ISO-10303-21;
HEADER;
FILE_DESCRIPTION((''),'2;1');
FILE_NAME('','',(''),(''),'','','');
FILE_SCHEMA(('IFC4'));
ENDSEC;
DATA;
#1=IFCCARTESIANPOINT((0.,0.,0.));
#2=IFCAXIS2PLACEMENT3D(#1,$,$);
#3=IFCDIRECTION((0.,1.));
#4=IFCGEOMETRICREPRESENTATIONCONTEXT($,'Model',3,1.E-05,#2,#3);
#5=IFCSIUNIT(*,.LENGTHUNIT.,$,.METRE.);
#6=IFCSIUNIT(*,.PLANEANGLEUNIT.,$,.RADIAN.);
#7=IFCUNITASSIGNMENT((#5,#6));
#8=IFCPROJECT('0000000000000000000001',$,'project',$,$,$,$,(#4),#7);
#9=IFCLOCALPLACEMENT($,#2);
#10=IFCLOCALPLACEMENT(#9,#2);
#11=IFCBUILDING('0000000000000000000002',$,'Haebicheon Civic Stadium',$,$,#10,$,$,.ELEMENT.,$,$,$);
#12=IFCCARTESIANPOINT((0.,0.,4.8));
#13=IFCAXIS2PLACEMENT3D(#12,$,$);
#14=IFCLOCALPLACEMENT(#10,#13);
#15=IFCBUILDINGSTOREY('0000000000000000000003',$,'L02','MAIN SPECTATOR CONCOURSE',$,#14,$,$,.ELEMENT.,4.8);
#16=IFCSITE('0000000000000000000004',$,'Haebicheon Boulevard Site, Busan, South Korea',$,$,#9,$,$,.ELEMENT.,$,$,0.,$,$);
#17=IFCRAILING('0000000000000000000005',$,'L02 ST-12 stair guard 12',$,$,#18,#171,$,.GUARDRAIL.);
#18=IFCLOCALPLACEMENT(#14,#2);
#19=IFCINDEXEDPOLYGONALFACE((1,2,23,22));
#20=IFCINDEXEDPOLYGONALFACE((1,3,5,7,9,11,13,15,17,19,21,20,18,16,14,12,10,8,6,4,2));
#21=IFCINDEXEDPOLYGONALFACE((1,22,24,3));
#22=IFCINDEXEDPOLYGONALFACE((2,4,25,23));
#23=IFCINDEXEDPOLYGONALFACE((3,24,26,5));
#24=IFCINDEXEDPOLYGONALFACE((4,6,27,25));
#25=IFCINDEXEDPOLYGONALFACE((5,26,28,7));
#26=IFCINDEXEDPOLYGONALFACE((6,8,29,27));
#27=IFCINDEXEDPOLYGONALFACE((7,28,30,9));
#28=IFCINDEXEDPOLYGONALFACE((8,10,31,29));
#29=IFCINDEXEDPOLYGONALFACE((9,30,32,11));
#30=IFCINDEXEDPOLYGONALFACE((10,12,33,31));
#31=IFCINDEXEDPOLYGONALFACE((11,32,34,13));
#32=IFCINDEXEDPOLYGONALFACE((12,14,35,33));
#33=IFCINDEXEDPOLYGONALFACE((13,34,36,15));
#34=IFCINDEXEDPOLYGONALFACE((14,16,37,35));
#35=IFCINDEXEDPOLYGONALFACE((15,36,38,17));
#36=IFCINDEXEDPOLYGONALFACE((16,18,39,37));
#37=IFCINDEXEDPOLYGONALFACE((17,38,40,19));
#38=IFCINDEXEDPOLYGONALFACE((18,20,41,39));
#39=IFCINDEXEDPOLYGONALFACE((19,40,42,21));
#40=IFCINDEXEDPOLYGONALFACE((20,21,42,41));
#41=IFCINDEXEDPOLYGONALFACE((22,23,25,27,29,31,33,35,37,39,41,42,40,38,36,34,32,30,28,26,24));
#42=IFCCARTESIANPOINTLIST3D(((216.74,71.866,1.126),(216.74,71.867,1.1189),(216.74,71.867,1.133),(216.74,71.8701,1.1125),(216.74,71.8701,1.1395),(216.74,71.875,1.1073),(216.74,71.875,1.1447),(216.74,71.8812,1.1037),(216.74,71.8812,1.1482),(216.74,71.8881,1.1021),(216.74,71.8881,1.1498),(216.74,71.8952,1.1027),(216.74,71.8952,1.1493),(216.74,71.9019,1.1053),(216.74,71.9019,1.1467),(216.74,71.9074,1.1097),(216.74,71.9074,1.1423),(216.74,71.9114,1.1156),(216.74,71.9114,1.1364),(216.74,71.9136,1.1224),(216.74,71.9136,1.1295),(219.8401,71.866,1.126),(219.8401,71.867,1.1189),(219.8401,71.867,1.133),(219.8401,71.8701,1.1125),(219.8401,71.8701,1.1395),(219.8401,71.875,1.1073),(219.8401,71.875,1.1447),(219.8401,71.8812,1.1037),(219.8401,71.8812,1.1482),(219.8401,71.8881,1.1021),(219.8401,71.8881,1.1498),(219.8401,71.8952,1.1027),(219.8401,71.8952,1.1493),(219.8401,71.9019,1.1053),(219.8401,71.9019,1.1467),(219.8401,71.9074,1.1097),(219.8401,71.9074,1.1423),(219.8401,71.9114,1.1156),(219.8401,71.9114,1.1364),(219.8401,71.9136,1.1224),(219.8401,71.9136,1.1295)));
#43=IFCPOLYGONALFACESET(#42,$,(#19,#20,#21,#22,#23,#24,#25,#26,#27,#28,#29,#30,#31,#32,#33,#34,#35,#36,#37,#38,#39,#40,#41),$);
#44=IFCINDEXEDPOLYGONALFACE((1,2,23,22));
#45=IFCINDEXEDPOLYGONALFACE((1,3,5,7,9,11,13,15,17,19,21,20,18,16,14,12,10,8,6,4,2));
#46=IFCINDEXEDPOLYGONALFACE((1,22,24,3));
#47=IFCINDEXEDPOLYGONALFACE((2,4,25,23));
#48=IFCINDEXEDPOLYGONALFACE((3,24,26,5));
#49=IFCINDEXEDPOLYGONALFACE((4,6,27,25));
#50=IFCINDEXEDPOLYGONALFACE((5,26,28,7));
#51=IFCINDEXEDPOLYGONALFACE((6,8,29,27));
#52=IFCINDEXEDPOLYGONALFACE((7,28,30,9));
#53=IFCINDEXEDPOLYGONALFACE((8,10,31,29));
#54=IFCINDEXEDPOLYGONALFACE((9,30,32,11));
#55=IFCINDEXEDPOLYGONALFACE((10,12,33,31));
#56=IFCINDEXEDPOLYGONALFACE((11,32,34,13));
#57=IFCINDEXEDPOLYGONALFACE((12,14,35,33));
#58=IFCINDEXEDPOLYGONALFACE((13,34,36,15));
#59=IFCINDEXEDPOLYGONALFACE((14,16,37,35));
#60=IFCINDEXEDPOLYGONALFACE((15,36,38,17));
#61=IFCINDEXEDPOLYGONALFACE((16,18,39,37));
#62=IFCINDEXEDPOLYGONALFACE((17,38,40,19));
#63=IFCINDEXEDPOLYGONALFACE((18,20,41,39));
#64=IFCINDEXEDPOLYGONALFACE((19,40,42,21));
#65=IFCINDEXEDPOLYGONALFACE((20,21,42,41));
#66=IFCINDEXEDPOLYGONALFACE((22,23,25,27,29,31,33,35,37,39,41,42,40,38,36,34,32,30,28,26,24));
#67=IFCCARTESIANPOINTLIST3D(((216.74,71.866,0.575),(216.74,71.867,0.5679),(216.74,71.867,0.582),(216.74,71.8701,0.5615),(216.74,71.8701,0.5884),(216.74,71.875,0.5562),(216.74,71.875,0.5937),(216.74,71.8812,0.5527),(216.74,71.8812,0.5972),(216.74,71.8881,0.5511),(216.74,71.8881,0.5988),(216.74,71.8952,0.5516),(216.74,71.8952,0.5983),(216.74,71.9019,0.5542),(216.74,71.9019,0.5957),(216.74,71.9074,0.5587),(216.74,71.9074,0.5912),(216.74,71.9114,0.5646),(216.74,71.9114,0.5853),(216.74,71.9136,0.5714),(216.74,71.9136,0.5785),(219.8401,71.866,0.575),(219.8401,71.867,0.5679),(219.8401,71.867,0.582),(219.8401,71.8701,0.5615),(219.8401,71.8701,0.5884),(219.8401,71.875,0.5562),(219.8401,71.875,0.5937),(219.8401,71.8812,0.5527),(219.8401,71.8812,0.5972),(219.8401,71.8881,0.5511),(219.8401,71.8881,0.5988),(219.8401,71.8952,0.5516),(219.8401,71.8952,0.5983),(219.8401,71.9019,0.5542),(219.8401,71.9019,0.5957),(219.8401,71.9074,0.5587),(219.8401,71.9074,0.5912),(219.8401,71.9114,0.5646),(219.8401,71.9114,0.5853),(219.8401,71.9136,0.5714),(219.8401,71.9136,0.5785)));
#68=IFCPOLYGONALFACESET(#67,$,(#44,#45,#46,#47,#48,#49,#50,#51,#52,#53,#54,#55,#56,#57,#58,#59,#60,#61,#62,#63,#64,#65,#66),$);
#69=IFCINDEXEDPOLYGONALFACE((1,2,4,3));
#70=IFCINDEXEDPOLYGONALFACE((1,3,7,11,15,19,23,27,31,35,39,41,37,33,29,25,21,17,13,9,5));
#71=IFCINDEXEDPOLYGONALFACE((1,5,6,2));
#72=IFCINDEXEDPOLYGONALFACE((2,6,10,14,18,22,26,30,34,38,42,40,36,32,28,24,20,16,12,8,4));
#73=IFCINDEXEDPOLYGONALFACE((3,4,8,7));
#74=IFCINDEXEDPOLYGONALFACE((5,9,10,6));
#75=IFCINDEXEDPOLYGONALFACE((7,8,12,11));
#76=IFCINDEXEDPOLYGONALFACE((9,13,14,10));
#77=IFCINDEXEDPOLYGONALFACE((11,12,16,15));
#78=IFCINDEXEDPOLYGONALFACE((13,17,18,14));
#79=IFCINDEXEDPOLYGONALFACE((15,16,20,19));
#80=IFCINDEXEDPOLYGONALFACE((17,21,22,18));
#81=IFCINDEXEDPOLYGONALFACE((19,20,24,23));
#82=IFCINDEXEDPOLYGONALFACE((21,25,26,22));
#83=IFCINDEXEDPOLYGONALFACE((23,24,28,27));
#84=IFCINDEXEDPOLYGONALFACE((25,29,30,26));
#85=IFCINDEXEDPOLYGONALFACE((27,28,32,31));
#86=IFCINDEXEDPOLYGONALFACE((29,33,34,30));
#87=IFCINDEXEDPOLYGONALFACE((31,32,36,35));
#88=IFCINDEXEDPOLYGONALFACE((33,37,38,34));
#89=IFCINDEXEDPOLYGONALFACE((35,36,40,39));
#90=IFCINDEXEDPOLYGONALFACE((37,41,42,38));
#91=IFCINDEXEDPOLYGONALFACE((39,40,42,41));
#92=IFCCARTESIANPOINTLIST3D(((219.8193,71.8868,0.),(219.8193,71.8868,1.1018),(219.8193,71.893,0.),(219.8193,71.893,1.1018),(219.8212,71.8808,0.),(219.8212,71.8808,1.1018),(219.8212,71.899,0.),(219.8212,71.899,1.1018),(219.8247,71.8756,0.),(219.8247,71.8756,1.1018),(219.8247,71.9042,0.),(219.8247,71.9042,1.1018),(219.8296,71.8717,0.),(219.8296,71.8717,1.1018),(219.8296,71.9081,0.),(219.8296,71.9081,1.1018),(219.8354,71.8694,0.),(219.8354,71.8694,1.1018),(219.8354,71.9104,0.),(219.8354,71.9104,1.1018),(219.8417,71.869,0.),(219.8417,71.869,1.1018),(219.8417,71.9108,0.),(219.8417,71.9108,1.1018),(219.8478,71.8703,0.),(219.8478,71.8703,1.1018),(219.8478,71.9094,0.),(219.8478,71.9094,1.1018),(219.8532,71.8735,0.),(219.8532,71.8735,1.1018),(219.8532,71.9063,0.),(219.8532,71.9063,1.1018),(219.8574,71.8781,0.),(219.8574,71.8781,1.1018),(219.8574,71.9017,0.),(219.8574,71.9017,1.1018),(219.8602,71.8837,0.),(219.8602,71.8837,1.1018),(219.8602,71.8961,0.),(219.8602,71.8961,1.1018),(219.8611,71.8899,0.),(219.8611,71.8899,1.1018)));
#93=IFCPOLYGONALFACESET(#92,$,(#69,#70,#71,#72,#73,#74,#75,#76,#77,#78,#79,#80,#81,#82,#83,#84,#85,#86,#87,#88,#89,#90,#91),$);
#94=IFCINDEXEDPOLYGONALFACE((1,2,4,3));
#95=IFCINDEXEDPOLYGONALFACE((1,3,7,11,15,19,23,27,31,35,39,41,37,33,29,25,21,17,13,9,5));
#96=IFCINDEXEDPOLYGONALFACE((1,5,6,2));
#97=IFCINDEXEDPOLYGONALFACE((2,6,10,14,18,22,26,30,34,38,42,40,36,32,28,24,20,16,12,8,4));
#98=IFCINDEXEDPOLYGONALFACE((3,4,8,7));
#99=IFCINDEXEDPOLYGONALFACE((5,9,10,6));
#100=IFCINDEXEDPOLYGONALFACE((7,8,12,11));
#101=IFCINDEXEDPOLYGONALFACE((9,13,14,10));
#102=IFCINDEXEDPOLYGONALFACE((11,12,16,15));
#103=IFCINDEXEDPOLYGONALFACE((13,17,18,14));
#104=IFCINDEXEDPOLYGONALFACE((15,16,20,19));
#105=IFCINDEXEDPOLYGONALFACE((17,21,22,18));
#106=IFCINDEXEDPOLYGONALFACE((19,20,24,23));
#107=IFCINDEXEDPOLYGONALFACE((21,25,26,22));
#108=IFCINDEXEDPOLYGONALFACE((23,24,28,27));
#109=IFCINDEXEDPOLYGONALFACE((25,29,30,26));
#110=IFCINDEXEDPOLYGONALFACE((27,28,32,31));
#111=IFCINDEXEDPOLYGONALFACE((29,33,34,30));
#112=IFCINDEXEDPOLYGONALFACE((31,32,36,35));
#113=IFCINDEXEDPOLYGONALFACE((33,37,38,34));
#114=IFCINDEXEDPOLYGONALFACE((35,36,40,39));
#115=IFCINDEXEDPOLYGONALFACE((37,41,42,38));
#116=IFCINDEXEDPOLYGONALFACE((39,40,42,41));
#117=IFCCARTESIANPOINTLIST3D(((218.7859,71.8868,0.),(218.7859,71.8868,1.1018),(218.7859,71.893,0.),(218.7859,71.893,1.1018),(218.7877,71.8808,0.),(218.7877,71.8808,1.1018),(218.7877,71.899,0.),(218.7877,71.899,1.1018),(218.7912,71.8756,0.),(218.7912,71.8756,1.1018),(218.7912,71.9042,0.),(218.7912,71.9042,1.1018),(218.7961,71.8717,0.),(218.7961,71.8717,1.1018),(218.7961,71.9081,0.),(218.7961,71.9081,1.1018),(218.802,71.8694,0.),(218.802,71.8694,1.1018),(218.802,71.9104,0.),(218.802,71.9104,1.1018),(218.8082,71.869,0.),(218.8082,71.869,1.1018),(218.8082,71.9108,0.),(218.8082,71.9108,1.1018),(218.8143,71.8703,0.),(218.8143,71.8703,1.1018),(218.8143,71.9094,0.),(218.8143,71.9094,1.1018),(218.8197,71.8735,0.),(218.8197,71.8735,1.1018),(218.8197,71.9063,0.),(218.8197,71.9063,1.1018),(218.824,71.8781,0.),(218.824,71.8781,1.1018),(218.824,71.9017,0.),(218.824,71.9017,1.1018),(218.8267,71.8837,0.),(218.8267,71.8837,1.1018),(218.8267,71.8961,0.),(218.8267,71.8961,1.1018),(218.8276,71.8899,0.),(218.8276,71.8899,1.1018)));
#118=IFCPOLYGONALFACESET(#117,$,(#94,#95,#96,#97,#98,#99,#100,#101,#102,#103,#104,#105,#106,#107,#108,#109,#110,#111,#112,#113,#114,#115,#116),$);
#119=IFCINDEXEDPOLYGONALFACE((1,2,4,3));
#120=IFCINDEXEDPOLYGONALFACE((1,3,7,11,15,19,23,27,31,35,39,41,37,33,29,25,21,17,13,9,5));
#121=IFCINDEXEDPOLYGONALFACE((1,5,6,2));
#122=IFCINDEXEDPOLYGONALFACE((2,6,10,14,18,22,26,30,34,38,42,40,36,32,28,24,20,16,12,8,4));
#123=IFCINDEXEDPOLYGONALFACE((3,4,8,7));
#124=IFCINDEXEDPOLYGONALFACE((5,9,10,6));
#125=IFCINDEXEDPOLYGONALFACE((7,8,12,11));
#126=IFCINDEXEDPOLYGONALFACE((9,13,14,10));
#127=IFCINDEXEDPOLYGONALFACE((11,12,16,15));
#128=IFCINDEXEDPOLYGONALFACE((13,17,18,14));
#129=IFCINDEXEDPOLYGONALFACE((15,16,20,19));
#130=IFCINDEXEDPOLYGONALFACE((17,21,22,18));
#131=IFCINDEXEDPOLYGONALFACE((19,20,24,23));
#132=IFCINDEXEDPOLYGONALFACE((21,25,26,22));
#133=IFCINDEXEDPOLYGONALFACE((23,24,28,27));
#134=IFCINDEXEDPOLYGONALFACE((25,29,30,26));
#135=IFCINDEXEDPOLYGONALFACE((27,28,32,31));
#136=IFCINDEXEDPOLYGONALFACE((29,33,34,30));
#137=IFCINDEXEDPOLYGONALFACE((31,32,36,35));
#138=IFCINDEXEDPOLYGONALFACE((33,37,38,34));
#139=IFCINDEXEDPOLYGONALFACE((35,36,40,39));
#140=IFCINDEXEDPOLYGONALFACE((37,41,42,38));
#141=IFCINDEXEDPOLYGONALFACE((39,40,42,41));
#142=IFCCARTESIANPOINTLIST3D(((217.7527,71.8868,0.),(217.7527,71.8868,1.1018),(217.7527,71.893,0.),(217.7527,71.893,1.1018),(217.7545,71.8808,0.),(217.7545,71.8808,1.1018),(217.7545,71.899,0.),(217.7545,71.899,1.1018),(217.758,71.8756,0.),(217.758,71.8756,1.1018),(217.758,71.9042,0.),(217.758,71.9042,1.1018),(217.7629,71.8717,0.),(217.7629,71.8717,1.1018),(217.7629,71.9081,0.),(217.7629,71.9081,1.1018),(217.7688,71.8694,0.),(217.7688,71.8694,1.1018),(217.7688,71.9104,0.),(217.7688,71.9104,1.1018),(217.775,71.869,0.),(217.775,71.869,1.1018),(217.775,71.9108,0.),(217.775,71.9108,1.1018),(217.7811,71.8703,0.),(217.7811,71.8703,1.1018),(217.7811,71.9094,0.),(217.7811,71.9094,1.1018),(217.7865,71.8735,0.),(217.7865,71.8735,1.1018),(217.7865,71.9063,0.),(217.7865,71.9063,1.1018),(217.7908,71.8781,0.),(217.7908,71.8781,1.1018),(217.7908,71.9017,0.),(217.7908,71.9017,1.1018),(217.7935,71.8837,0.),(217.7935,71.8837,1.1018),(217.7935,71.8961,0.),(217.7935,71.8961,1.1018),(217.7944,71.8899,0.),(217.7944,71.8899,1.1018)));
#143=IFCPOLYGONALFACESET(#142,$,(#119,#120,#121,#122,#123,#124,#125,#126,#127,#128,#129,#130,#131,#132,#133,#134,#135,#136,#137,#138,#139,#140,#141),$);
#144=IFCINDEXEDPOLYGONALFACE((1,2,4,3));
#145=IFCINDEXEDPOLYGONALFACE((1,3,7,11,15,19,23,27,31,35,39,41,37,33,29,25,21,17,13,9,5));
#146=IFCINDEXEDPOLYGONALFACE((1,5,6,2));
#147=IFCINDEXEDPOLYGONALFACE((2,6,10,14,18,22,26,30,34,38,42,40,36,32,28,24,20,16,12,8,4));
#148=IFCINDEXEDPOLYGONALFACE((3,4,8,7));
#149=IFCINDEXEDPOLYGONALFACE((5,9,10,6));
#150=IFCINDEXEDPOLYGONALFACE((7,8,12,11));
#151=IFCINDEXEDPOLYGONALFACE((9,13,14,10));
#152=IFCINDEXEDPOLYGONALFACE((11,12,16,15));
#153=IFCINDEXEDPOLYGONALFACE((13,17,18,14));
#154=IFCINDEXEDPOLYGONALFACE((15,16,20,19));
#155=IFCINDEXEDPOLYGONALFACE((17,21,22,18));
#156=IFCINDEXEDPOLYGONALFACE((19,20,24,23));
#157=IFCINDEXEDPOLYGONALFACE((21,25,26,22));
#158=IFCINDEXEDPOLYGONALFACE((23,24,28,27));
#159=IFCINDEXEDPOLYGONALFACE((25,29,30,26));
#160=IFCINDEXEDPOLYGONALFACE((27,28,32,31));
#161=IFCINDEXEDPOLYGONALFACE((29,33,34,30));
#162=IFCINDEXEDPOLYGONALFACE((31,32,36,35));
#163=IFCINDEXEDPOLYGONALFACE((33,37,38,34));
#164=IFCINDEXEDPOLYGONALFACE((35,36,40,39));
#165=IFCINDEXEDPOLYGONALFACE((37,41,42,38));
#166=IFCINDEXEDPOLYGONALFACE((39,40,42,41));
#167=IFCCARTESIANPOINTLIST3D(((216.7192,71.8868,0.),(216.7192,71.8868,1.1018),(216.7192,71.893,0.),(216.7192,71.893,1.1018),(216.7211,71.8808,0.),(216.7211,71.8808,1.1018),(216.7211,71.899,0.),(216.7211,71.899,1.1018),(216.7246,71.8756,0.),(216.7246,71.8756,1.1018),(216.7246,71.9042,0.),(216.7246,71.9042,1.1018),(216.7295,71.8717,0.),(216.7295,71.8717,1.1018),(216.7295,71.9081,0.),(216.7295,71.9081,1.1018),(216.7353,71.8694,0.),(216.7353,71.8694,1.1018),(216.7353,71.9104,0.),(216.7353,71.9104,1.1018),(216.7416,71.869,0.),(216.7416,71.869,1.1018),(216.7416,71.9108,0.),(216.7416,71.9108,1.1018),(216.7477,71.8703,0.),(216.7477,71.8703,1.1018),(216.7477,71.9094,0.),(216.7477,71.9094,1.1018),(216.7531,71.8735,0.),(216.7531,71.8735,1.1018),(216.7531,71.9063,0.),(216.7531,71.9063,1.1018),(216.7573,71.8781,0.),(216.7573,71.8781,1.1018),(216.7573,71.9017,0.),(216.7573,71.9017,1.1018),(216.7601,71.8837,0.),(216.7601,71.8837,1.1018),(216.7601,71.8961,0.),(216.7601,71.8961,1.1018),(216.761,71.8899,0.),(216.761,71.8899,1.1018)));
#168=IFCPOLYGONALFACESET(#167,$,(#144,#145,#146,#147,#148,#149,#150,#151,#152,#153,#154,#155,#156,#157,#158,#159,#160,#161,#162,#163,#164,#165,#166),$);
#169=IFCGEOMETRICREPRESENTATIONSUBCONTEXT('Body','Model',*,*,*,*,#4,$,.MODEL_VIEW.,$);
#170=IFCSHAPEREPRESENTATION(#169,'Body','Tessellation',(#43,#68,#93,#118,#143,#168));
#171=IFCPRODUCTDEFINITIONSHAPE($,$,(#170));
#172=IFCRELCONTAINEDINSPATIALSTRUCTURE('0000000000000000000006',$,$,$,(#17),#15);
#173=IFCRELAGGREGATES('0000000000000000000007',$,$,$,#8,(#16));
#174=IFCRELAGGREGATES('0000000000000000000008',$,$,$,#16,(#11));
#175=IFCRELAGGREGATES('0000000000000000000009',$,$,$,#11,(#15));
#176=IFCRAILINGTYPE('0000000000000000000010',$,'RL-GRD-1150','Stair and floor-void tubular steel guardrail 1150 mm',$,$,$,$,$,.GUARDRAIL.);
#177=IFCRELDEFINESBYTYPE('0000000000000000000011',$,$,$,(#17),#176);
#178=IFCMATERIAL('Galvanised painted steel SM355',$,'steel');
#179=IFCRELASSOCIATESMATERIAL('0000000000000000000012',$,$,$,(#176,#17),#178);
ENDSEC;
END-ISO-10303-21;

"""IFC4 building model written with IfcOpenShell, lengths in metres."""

from ifc_helpers import new_model, si_unit, direction, frame, origin, origin_2d, place, context, subcontext, project, spatial, circle, extrude, material, type_object, element, save


model = new_model("IFC4")

# Units and contexts
model_context = context("Model", 3, precision=1e-05, world=origin(), true_north=direction((0.0, 1.0)))
body_context = subcontext(model_context, "Body", "Model", "MODEL_VIEW")
ifc_project = project(units=[si_unit("LENGTHUNIT", "METRE"), si_unit("PLANEANGLEUNIT", "RADIAN")], contexts=[model_context])

# Site, building, storey
site_placement = place(None, origin())
site = spatial("IfcSite", under=ifc_project, at=site_placement, Name="Haebicheon Boulevard Site, Busan, South Korea", CompositionType="ELEMENT", RefElevation=0.0)
building_placement = place(site_placement, origin())
building = spatial("IfcBuilding", under=site, at=building_placement, Name="Haebicheon Civic Stadium", CompositionType="ELEMENT")
storey_placement = place(building_placement, frame((0.0, 0.0, 4.8)))
storey = spatial("IfcBuildingStorey", under=building, at=storey_placement, Name="L02", Description="MAIN SPECTATOR CONCOURSE", CompositionType="ELEMENT", Elevation=4.8)

# Railing
ifc_material_1 = material(Name="Galvanised painted steel SM355", Category="steel")
railing_type = type_object("IfcRailingType", Name="RL-GRD-1150", Description="Stair and floor-void tubular steel guardrail 1150 mm", PredefinedType="GUARDRAIL", material=ifc_material_1)
railing_1_placement = place(storey_placement, frame((219.8401, 71.8899, 0.0)))
element("IfcRailing", 1, at=railing_1_placement, inside=storey, type_object=railing_type, material=ifc_material_1, Name="L02 ST-12 stair guard 12", PredefinedType="GUARDRAIL", context=body_context, shape_type="SweptSolid", body=[
    extrude(circle(Radius=0.0239, at=origin_2d()), frame((0.0, 0.0, 1.126), z_axis=(-1.0, 0.0, 0.0), x_axis=(0.0, -1.0, 0.0)), (0.0, 0.0, 1.0), 3.1001),
    extrude(circle(Radius=0.0239, at=origin_2d()), frame((0.0, 0.0, 0.575), z_axis=(-1.0, 0.0, 0.0), x_axis=(0.0, -1.0, 0.0)), (0.0, 0.0, 1.0), 3.1001),
    extrude(circle(Radius=0.021, at=origin_2d()), origin(), (0.0, 0.0, 1.0), 1.1018),
    extrude(circle(Radius=0.021, at=origin_2d()), frame((-1.0334, 0.0, 0.0)), (0.0, 0.0, 1.0), 1.1018),
    extrude(circle(Radius=0.021, at=origin_2d()), frame((-2.0667, 0.0, 0.0)), (0.0, 0.0, 1.0), 1.1018),
    extrude(circle(Radius=0.021, at=origin_2d()), frame((-3.1001, 0.0, 0.0)), (0.0, 0.0, 1.0), 1.1018),
])

save(model, "model.ifc")
